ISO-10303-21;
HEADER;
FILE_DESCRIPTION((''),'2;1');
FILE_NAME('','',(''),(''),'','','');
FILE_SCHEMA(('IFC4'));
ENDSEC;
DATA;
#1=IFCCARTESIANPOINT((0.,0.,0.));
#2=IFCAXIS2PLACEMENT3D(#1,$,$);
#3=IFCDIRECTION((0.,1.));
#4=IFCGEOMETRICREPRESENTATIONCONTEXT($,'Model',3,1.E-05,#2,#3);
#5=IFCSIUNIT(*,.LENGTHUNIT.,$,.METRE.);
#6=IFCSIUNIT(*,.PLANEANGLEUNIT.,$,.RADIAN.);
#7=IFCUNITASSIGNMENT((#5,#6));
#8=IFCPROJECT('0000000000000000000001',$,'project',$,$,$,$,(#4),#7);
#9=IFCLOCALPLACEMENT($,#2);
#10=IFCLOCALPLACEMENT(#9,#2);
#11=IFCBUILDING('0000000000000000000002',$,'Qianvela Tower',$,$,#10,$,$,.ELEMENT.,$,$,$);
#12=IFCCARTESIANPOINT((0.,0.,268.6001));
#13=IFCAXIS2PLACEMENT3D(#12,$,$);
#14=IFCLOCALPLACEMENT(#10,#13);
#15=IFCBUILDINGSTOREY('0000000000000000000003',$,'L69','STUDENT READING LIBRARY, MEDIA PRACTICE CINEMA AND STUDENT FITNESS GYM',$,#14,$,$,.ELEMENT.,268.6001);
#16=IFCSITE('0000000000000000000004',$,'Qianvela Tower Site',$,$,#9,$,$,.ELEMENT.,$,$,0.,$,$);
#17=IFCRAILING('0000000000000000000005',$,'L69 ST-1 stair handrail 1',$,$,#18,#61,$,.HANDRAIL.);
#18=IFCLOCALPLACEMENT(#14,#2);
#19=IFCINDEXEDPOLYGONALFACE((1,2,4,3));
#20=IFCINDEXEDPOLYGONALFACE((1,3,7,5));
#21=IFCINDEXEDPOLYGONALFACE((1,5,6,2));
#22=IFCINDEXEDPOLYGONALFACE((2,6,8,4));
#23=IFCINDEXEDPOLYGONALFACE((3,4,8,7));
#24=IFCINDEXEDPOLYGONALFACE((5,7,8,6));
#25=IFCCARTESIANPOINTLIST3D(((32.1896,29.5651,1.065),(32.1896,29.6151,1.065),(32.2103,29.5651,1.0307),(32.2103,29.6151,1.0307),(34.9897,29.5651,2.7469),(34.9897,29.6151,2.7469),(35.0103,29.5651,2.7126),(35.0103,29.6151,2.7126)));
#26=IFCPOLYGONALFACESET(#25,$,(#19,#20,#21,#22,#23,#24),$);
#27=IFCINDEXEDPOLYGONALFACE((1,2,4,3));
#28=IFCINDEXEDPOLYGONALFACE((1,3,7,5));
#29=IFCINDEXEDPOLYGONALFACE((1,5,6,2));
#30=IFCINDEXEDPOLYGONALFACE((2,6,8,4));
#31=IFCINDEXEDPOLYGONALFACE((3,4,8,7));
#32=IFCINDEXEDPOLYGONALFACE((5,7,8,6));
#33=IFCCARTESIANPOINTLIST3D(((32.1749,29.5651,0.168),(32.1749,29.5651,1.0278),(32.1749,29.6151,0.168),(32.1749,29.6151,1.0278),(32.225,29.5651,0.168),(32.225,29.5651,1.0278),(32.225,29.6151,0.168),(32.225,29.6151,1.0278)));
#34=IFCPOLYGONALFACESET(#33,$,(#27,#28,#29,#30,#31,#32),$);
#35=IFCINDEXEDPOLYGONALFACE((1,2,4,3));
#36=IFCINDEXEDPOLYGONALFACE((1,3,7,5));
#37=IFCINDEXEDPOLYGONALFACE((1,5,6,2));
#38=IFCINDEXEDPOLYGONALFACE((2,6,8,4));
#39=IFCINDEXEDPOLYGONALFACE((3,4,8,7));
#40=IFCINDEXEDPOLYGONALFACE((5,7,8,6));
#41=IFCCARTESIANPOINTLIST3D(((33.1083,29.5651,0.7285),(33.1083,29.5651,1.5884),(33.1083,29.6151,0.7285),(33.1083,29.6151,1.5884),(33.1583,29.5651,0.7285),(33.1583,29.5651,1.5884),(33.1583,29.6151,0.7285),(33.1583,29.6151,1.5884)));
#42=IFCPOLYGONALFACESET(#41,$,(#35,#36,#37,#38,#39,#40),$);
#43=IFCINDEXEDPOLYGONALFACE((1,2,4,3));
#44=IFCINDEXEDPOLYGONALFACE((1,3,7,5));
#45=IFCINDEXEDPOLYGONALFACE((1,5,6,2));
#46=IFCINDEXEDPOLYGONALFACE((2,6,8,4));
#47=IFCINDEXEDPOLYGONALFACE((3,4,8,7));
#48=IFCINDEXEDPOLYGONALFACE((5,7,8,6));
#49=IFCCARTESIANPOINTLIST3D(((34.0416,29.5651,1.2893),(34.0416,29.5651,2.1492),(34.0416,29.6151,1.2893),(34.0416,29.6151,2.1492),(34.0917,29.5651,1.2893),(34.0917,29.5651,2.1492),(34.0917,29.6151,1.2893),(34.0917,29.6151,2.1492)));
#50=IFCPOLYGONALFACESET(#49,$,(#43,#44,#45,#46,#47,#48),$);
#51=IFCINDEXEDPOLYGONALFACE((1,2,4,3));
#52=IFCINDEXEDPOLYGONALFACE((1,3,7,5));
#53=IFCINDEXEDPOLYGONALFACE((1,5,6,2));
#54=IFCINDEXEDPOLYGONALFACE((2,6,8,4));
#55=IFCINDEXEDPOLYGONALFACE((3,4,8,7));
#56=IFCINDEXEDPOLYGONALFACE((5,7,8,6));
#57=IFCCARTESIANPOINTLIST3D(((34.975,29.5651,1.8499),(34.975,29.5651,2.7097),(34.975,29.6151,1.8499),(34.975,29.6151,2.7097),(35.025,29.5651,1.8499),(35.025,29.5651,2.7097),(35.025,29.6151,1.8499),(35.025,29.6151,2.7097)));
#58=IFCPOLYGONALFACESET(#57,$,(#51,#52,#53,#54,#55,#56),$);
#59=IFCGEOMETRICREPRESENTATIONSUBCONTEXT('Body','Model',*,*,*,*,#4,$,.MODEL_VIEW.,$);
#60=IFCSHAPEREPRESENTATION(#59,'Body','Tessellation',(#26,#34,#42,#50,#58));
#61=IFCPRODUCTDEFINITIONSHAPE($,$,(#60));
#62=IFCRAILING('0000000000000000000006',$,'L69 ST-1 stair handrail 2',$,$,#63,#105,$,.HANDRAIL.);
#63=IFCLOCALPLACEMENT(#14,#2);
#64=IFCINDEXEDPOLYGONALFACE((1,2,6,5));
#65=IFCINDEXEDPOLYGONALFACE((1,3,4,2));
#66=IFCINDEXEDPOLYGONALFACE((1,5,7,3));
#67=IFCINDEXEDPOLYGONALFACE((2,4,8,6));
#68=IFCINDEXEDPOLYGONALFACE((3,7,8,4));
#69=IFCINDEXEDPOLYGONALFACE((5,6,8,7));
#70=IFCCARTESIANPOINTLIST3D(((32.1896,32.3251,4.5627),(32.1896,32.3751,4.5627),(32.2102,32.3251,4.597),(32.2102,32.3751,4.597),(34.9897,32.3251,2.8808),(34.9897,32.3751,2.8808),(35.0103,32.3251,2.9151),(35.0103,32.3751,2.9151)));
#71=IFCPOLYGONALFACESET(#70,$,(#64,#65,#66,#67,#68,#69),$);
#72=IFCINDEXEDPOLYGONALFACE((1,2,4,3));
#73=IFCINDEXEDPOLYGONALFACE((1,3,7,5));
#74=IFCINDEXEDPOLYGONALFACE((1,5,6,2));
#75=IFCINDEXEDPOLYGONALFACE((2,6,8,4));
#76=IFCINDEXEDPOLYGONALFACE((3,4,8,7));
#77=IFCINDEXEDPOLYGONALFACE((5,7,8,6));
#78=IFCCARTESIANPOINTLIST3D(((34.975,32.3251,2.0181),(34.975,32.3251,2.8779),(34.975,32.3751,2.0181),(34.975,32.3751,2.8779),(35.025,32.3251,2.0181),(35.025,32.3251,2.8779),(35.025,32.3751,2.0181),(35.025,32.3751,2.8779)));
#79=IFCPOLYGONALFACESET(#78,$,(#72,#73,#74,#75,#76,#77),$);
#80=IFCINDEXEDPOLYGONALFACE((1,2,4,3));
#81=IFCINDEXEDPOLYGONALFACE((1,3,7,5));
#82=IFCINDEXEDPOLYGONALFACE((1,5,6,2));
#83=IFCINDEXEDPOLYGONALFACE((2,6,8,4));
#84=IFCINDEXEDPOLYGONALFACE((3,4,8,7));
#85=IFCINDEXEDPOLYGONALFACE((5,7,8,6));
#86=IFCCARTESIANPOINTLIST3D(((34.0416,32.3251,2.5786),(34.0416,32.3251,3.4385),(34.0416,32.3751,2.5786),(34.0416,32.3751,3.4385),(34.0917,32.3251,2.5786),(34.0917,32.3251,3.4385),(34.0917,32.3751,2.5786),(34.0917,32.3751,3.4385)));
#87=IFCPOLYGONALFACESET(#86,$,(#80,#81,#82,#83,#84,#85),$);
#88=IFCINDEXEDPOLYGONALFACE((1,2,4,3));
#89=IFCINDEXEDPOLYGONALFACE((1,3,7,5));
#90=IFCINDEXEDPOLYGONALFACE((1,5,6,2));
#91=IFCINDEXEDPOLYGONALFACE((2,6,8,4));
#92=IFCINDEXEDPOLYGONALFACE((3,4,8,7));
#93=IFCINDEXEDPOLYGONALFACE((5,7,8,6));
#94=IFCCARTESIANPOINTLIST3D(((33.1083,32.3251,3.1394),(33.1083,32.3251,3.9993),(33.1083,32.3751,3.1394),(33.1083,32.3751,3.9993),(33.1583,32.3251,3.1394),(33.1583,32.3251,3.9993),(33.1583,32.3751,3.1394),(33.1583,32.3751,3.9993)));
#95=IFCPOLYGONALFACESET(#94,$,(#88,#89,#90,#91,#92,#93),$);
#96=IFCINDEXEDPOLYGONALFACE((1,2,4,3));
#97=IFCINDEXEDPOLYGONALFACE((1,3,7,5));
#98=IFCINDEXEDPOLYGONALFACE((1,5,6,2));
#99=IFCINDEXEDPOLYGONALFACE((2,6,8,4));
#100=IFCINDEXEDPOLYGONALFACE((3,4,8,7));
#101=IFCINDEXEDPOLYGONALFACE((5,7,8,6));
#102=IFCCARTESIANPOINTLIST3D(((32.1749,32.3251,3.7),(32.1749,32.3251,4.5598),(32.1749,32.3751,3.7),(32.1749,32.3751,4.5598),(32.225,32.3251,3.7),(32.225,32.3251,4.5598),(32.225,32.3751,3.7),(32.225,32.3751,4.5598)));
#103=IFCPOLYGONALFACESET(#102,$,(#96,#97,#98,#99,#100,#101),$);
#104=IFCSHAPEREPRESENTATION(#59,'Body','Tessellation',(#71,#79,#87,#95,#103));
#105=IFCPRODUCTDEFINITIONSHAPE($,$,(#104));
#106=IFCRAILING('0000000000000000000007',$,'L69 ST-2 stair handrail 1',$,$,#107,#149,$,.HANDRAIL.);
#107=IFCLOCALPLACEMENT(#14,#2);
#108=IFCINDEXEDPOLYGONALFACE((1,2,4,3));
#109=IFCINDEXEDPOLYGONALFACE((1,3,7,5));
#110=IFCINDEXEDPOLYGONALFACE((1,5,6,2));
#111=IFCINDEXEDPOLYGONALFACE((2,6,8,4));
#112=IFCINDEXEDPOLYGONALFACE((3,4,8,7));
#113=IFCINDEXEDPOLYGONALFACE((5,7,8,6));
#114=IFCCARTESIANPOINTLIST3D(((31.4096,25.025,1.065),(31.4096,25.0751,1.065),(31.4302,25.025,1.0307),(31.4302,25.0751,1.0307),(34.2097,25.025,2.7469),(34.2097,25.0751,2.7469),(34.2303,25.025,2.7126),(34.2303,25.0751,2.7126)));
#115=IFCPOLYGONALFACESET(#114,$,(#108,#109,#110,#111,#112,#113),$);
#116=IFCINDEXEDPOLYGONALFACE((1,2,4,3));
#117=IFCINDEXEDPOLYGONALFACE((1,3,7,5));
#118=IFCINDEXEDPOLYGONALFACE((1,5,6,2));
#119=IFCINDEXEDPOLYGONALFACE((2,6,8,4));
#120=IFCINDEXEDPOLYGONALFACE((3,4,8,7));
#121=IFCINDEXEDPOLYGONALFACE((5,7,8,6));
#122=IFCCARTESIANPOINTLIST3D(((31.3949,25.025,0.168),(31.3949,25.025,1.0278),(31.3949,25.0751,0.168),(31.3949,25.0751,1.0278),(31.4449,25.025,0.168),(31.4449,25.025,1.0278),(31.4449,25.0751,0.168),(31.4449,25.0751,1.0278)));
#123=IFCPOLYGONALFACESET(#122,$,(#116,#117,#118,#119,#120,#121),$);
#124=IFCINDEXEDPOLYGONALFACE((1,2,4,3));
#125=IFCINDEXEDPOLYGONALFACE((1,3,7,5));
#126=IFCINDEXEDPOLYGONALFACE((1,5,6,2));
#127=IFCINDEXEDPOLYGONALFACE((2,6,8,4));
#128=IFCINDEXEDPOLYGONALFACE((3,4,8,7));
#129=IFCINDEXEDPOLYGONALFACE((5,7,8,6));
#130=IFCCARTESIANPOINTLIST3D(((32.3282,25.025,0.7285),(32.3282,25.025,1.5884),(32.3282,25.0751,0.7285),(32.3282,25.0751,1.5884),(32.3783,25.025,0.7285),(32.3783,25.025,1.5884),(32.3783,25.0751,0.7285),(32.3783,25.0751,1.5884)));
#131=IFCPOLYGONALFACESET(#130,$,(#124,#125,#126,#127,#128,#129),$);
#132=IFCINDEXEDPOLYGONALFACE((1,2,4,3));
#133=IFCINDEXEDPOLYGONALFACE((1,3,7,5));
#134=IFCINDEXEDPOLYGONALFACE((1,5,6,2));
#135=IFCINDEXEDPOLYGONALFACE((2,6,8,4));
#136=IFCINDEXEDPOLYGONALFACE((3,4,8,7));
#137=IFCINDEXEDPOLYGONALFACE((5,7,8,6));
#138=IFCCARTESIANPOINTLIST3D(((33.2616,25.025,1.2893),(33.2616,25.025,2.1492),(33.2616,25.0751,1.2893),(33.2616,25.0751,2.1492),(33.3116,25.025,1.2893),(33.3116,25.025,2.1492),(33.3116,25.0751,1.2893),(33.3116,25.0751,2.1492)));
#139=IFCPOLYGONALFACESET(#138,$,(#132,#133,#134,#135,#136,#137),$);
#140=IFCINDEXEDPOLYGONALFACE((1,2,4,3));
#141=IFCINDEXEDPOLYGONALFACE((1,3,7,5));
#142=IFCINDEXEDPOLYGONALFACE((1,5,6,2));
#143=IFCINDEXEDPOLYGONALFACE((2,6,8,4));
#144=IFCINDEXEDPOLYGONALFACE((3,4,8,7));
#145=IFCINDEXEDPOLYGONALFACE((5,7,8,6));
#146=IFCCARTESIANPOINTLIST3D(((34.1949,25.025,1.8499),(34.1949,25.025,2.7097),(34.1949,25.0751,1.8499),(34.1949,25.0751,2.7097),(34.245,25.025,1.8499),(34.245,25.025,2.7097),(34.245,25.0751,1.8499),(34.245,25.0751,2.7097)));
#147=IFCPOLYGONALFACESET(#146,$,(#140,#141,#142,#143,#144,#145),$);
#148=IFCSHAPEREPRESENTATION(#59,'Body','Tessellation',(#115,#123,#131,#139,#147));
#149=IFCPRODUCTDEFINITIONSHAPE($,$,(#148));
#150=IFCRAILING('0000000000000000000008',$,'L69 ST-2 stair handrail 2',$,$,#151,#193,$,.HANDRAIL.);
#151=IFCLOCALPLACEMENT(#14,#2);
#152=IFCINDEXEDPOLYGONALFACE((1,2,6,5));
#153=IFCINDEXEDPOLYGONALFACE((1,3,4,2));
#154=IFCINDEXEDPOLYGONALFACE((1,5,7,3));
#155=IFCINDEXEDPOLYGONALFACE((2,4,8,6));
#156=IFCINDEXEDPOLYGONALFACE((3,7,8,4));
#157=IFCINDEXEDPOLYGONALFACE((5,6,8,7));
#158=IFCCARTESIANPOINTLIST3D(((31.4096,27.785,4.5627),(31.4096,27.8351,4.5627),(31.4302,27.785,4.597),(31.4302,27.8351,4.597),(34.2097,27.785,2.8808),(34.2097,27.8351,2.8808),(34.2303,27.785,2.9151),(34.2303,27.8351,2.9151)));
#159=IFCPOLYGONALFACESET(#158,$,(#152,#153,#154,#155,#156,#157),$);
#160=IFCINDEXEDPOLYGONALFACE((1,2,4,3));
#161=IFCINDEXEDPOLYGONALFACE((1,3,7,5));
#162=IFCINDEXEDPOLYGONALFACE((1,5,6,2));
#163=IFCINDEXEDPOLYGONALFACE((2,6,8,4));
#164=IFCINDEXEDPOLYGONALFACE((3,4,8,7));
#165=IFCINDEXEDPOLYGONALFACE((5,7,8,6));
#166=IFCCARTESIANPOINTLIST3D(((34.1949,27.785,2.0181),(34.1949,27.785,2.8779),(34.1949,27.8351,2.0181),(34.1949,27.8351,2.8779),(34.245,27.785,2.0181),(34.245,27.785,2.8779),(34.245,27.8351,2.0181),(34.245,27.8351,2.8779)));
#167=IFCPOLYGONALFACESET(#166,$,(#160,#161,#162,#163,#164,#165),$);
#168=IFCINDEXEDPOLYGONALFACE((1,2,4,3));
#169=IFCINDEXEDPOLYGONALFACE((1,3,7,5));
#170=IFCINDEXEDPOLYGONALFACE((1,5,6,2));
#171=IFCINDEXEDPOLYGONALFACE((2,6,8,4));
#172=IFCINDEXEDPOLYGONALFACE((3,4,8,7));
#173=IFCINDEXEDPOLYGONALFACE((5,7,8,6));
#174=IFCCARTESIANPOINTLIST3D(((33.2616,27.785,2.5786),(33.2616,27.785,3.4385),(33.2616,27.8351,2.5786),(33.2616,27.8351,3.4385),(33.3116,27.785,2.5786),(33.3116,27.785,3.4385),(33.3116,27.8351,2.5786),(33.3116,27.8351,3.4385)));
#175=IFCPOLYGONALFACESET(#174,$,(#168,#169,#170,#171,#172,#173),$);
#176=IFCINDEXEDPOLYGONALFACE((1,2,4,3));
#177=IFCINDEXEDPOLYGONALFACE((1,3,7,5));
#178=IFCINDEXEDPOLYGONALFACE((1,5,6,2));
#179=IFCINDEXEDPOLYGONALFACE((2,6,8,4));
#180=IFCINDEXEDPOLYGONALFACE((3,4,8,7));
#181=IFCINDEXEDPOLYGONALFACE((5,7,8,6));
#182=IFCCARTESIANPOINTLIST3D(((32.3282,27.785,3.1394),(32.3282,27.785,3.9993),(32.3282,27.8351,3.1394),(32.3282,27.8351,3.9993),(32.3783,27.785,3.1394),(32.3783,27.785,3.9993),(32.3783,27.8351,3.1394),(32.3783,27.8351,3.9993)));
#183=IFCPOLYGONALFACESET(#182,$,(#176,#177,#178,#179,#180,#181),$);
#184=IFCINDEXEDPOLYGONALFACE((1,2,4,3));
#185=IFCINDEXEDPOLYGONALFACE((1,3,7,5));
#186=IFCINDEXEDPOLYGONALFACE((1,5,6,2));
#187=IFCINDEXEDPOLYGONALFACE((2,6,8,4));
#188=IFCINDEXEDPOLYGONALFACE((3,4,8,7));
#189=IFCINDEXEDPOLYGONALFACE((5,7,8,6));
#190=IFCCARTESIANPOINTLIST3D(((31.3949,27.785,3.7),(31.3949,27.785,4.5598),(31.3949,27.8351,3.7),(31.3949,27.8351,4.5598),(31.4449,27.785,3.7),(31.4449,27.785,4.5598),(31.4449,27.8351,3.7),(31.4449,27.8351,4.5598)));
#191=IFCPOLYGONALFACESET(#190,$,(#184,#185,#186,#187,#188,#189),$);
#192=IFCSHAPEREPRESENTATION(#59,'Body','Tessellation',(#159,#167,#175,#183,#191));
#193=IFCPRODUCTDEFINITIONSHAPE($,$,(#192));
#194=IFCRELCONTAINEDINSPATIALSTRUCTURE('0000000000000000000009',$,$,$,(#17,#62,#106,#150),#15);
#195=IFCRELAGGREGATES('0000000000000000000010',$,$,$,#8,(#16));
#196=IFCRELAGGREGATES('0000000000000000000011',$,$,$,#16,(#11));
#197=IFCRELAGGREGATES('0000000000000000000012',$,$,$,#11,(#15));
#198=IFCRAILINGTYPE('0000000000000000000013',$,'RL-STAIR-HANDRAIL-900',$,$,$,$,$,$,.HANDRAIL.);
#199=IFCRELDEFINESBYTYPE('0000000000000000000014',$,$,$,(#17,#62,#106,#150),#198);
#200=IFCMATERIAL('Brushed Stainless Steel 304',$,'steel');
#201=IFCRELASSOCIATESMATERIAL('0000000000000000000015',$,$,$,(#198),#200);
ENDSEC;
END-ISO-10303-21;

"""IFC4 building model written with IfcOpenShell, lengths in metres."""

from ifc_helpers import new_model, si_unit, direction, frame, origin, origin_2d, place, context, subcontext, project, spatial, rectangle, extrude, material, type_object, element, save


model = new_model("IFC4")

# Units and contexts
model_context = context("Model", 3, precision=1e-05, world=origin(), true_north=direction((0.0, 1.0)))
body_context = subcontext(model_context, "Body", "Model", "MODEL_VIEW")
ifc_project = project(units=[si_unit("LENGTHUNIT", "METRE"), si_unit("PLANEANGLEUNIT", "RADIAN")], contexts=[model_context])

# Site, building, storey
site_placement = place(None, origin())
site = spatial("IfcSite", under=ifc_project, at=site_placement, Name="Qianvela Tower Site", CompositionType="ELEMENT", RefElevation=0.0)
building_placement = place(site_placement, origin())
building = spatial("IfcBuilding", under=site, at=building_placement, Name="Qianvela Tower", CompositionType="ELEMENT")
storey_placement = place(building_placement, frame((0.0, 0.0, 268.6001)))
storey = spatial("IfcBuildingStorey", under=building, at=storey_placement, Name="L69", Description="STUDENT READING LIBRARY, MEDIA PRACTICE CINEMA AND STUDENT FITNESS GYM", CompositionType="ELEMENT", Elevation=268.6001)

# Railings
ifc_material_1 = material(Name="Brushed Stainless Steel 304", Category="steel")
railing_type_1 = type_object("IfcRailingType", Name="RL-STAIR-HANDRAIL-900", PredefinedType="HANDRAIL", material=ifc_material_1)
railing_1_placement = place(storey_placement, frame((32.2, 29.5901, 0.168)))
element("IfcRailing", 1, at=railing_1_placement, inside=storey, type_object=railing_type_1, Name="L69 ST-1 stair handrail 1", PredefinedType="HANDRAIL", context=body_context, shape_type="SweptSolid", body=[
    extrude(rectangle(XDim=0.05, YDim=0.04, at=origin_2d()), frame((0.0, 0.0, 0.8799), z_axis=(0.857242, 0.0, 0.514913), x_axis=(0.0, 1.0, 0.0)), (0.0, 0.0, 1.0), 3.2664),
    extrude(rectangle(XDim=0.05, YDim=0.05, at=origin_2d()), origin(), (0.0, 0.0, 1.0), 0.8599),
    extrude(rectangle(XDim=0.05, YDim=0.05, at=origin_2d()), frame((0.9333, 0.0, 0.5605)), (0.0, 0.0, 1.0), 0.8599),
    extrude(rectangle(XDim=0.05, YDim=0.05, at=origin_2d()), frame((1.8667, 0.0, 1.1213)), (0.0, 0.0, 1.0), 0.8599),
    extrude(rectangle(XDim=0.05, YDim=0.05, at=origin_2d()), frame((2.8, 0.0, 1.6819)), (0.0, 0.0, 1.0), 0.8599),
])
railing_2_placement = place(storey_placement, frame((35.0, 32.3501, 2.0181)))
element("IfcRailing", 2, at=railing_2_placement, inside=storey, type_object=railing_type_1, Name="L69 ST-1 stair handrail 2", PredefinedType="HANDRAIL", context=body_context, shape_type="SweptSolid", body=[
    extrude(rectangle(XDim=0.05, YDim=0.04, at=origin_2d()), frame((0.0, 0.0, 0.8799), z_axis=(-0.857242, 0.0, 0.514913), x_axis=(0.0, -1.0, 0.0)), (0.0, 0.0, 1.0), 3.2664),
    extrude(rectangle(XDim=0.05, YDim=0.05, at=origin_2d()), origin(), (0.0, 0.0, 1.0), 0.8599),
    extrude(rectangle(XDim=0.05, YDim=0.05, at=origin_2d()), frame((-0.9333, 0.0, 0.5605)), (0.0, 0.0, 1.0), 0.8599),
    extrude(rectangle(XDim=0.05, YDim=0.05, at=origin_2d()), frame((-1.8667, 0.0, 1.1213)), (0.0, 0.0, 1.0), 0.8599),
    extrude(rectangle(XDim=0.05, YDim=0.05, at=origin_2d()), frame((-2.8, 0.0, 1.6819)), (0.0, 0.0, 1.0), 0.8599),
])
railing_3_placement = place(storey_placement, frame((31.4199, 25.05, 0.168)))
element("IfcRailing", 3, at=railing_3_placement, inside=storey, type_object=railing_type_1, Name="L69 ST-2 stair handrail 1", PredefinedType="HANDRAIL", context=body_context, shape_type="SweptSolid", body=[
    extrude(rectangle(XDim=0.05, YDim=0.04, at=origin_2d()), frame((0.0, 0.0, 0.8799), z_axis=(0.857242, 0.0, 0.514913), x_axis=(0.0, 1.0, 0.0)), (0.0, 0.0, 1.0), 3.2664),
    extrude(rectangle(XDim=0.05, YDim=0.05, at=origin_2d()), origin(), (0.0, 0.0, 1.0), 0.8599),
    extrude(rectangle(XDim=0.05, YDim=0.05, at=origin_2d()), frame((0.9333, 0.0, 0.5605)), (0.0, 0.0, 1.0), 0.8599),
    extrude(rectangle(XDim=0.05, YDim=0.05, at=origin_2d()), frame((1.8667, 0.0, 1.1213)), (0.0, 0.0, 1.0), 0.8599),
    extrude(rectangle(XDim=0.05, YDim=0.05, at=origin_2d()), frame((2.8, 0.0, 1.6819)), (0.0, 0.0, 1.0), 0.8599),
])
railing_4_placement = place(storey_placement, frame((34.22, 27.8101, 2.0181)))
element("IfcRailing", 4, at=railing_4_placement, inside=storey, type_object=railing_type_1, Name="L69 ST-2 stair handrail 2", PredefinedType="HANDRAIL", context=body_context, shape_type="SweptSolid", body=[
    extrude(rectangle(XDim=0.05, YDim=0.04, at=origin_2d()), frame((0.0, 0.0, 0.8799), z_axis=(-0.857242, 0.0, 0.514913), x_axis=(0.0, -1.0, 0.0)), (0.0, 0.0, 1.0), 3.2664),
    extrude(rectangle(XDim=0.05, YDim=0.05, at=origin_2d()), origin(), (0.0, 0.0, 1.0), 0.8599),
    extrude(rectangle(XDim=0.05, YDim=0.05, at=origin_2d()), frame((-0.9333, 0.0, 0.5605)), (0.0, 0.0, 1.0), 0.8599),
    extrude(rectangle(XDim=0.05, YDim=0.05, at=origin_2d()), frame((-1.8667, 0.0, 1.1213)), (0.0, 0.0, 1.0), 0.8599),
    extrude(rectangle(XDim=0.05, YDim=0.05, at=origin_2d()), frame((-2.8, 0.0, 1.6819)), (0.0, 0.0, 1.0), 0.8599),
])

save(model, "model.ifc")
